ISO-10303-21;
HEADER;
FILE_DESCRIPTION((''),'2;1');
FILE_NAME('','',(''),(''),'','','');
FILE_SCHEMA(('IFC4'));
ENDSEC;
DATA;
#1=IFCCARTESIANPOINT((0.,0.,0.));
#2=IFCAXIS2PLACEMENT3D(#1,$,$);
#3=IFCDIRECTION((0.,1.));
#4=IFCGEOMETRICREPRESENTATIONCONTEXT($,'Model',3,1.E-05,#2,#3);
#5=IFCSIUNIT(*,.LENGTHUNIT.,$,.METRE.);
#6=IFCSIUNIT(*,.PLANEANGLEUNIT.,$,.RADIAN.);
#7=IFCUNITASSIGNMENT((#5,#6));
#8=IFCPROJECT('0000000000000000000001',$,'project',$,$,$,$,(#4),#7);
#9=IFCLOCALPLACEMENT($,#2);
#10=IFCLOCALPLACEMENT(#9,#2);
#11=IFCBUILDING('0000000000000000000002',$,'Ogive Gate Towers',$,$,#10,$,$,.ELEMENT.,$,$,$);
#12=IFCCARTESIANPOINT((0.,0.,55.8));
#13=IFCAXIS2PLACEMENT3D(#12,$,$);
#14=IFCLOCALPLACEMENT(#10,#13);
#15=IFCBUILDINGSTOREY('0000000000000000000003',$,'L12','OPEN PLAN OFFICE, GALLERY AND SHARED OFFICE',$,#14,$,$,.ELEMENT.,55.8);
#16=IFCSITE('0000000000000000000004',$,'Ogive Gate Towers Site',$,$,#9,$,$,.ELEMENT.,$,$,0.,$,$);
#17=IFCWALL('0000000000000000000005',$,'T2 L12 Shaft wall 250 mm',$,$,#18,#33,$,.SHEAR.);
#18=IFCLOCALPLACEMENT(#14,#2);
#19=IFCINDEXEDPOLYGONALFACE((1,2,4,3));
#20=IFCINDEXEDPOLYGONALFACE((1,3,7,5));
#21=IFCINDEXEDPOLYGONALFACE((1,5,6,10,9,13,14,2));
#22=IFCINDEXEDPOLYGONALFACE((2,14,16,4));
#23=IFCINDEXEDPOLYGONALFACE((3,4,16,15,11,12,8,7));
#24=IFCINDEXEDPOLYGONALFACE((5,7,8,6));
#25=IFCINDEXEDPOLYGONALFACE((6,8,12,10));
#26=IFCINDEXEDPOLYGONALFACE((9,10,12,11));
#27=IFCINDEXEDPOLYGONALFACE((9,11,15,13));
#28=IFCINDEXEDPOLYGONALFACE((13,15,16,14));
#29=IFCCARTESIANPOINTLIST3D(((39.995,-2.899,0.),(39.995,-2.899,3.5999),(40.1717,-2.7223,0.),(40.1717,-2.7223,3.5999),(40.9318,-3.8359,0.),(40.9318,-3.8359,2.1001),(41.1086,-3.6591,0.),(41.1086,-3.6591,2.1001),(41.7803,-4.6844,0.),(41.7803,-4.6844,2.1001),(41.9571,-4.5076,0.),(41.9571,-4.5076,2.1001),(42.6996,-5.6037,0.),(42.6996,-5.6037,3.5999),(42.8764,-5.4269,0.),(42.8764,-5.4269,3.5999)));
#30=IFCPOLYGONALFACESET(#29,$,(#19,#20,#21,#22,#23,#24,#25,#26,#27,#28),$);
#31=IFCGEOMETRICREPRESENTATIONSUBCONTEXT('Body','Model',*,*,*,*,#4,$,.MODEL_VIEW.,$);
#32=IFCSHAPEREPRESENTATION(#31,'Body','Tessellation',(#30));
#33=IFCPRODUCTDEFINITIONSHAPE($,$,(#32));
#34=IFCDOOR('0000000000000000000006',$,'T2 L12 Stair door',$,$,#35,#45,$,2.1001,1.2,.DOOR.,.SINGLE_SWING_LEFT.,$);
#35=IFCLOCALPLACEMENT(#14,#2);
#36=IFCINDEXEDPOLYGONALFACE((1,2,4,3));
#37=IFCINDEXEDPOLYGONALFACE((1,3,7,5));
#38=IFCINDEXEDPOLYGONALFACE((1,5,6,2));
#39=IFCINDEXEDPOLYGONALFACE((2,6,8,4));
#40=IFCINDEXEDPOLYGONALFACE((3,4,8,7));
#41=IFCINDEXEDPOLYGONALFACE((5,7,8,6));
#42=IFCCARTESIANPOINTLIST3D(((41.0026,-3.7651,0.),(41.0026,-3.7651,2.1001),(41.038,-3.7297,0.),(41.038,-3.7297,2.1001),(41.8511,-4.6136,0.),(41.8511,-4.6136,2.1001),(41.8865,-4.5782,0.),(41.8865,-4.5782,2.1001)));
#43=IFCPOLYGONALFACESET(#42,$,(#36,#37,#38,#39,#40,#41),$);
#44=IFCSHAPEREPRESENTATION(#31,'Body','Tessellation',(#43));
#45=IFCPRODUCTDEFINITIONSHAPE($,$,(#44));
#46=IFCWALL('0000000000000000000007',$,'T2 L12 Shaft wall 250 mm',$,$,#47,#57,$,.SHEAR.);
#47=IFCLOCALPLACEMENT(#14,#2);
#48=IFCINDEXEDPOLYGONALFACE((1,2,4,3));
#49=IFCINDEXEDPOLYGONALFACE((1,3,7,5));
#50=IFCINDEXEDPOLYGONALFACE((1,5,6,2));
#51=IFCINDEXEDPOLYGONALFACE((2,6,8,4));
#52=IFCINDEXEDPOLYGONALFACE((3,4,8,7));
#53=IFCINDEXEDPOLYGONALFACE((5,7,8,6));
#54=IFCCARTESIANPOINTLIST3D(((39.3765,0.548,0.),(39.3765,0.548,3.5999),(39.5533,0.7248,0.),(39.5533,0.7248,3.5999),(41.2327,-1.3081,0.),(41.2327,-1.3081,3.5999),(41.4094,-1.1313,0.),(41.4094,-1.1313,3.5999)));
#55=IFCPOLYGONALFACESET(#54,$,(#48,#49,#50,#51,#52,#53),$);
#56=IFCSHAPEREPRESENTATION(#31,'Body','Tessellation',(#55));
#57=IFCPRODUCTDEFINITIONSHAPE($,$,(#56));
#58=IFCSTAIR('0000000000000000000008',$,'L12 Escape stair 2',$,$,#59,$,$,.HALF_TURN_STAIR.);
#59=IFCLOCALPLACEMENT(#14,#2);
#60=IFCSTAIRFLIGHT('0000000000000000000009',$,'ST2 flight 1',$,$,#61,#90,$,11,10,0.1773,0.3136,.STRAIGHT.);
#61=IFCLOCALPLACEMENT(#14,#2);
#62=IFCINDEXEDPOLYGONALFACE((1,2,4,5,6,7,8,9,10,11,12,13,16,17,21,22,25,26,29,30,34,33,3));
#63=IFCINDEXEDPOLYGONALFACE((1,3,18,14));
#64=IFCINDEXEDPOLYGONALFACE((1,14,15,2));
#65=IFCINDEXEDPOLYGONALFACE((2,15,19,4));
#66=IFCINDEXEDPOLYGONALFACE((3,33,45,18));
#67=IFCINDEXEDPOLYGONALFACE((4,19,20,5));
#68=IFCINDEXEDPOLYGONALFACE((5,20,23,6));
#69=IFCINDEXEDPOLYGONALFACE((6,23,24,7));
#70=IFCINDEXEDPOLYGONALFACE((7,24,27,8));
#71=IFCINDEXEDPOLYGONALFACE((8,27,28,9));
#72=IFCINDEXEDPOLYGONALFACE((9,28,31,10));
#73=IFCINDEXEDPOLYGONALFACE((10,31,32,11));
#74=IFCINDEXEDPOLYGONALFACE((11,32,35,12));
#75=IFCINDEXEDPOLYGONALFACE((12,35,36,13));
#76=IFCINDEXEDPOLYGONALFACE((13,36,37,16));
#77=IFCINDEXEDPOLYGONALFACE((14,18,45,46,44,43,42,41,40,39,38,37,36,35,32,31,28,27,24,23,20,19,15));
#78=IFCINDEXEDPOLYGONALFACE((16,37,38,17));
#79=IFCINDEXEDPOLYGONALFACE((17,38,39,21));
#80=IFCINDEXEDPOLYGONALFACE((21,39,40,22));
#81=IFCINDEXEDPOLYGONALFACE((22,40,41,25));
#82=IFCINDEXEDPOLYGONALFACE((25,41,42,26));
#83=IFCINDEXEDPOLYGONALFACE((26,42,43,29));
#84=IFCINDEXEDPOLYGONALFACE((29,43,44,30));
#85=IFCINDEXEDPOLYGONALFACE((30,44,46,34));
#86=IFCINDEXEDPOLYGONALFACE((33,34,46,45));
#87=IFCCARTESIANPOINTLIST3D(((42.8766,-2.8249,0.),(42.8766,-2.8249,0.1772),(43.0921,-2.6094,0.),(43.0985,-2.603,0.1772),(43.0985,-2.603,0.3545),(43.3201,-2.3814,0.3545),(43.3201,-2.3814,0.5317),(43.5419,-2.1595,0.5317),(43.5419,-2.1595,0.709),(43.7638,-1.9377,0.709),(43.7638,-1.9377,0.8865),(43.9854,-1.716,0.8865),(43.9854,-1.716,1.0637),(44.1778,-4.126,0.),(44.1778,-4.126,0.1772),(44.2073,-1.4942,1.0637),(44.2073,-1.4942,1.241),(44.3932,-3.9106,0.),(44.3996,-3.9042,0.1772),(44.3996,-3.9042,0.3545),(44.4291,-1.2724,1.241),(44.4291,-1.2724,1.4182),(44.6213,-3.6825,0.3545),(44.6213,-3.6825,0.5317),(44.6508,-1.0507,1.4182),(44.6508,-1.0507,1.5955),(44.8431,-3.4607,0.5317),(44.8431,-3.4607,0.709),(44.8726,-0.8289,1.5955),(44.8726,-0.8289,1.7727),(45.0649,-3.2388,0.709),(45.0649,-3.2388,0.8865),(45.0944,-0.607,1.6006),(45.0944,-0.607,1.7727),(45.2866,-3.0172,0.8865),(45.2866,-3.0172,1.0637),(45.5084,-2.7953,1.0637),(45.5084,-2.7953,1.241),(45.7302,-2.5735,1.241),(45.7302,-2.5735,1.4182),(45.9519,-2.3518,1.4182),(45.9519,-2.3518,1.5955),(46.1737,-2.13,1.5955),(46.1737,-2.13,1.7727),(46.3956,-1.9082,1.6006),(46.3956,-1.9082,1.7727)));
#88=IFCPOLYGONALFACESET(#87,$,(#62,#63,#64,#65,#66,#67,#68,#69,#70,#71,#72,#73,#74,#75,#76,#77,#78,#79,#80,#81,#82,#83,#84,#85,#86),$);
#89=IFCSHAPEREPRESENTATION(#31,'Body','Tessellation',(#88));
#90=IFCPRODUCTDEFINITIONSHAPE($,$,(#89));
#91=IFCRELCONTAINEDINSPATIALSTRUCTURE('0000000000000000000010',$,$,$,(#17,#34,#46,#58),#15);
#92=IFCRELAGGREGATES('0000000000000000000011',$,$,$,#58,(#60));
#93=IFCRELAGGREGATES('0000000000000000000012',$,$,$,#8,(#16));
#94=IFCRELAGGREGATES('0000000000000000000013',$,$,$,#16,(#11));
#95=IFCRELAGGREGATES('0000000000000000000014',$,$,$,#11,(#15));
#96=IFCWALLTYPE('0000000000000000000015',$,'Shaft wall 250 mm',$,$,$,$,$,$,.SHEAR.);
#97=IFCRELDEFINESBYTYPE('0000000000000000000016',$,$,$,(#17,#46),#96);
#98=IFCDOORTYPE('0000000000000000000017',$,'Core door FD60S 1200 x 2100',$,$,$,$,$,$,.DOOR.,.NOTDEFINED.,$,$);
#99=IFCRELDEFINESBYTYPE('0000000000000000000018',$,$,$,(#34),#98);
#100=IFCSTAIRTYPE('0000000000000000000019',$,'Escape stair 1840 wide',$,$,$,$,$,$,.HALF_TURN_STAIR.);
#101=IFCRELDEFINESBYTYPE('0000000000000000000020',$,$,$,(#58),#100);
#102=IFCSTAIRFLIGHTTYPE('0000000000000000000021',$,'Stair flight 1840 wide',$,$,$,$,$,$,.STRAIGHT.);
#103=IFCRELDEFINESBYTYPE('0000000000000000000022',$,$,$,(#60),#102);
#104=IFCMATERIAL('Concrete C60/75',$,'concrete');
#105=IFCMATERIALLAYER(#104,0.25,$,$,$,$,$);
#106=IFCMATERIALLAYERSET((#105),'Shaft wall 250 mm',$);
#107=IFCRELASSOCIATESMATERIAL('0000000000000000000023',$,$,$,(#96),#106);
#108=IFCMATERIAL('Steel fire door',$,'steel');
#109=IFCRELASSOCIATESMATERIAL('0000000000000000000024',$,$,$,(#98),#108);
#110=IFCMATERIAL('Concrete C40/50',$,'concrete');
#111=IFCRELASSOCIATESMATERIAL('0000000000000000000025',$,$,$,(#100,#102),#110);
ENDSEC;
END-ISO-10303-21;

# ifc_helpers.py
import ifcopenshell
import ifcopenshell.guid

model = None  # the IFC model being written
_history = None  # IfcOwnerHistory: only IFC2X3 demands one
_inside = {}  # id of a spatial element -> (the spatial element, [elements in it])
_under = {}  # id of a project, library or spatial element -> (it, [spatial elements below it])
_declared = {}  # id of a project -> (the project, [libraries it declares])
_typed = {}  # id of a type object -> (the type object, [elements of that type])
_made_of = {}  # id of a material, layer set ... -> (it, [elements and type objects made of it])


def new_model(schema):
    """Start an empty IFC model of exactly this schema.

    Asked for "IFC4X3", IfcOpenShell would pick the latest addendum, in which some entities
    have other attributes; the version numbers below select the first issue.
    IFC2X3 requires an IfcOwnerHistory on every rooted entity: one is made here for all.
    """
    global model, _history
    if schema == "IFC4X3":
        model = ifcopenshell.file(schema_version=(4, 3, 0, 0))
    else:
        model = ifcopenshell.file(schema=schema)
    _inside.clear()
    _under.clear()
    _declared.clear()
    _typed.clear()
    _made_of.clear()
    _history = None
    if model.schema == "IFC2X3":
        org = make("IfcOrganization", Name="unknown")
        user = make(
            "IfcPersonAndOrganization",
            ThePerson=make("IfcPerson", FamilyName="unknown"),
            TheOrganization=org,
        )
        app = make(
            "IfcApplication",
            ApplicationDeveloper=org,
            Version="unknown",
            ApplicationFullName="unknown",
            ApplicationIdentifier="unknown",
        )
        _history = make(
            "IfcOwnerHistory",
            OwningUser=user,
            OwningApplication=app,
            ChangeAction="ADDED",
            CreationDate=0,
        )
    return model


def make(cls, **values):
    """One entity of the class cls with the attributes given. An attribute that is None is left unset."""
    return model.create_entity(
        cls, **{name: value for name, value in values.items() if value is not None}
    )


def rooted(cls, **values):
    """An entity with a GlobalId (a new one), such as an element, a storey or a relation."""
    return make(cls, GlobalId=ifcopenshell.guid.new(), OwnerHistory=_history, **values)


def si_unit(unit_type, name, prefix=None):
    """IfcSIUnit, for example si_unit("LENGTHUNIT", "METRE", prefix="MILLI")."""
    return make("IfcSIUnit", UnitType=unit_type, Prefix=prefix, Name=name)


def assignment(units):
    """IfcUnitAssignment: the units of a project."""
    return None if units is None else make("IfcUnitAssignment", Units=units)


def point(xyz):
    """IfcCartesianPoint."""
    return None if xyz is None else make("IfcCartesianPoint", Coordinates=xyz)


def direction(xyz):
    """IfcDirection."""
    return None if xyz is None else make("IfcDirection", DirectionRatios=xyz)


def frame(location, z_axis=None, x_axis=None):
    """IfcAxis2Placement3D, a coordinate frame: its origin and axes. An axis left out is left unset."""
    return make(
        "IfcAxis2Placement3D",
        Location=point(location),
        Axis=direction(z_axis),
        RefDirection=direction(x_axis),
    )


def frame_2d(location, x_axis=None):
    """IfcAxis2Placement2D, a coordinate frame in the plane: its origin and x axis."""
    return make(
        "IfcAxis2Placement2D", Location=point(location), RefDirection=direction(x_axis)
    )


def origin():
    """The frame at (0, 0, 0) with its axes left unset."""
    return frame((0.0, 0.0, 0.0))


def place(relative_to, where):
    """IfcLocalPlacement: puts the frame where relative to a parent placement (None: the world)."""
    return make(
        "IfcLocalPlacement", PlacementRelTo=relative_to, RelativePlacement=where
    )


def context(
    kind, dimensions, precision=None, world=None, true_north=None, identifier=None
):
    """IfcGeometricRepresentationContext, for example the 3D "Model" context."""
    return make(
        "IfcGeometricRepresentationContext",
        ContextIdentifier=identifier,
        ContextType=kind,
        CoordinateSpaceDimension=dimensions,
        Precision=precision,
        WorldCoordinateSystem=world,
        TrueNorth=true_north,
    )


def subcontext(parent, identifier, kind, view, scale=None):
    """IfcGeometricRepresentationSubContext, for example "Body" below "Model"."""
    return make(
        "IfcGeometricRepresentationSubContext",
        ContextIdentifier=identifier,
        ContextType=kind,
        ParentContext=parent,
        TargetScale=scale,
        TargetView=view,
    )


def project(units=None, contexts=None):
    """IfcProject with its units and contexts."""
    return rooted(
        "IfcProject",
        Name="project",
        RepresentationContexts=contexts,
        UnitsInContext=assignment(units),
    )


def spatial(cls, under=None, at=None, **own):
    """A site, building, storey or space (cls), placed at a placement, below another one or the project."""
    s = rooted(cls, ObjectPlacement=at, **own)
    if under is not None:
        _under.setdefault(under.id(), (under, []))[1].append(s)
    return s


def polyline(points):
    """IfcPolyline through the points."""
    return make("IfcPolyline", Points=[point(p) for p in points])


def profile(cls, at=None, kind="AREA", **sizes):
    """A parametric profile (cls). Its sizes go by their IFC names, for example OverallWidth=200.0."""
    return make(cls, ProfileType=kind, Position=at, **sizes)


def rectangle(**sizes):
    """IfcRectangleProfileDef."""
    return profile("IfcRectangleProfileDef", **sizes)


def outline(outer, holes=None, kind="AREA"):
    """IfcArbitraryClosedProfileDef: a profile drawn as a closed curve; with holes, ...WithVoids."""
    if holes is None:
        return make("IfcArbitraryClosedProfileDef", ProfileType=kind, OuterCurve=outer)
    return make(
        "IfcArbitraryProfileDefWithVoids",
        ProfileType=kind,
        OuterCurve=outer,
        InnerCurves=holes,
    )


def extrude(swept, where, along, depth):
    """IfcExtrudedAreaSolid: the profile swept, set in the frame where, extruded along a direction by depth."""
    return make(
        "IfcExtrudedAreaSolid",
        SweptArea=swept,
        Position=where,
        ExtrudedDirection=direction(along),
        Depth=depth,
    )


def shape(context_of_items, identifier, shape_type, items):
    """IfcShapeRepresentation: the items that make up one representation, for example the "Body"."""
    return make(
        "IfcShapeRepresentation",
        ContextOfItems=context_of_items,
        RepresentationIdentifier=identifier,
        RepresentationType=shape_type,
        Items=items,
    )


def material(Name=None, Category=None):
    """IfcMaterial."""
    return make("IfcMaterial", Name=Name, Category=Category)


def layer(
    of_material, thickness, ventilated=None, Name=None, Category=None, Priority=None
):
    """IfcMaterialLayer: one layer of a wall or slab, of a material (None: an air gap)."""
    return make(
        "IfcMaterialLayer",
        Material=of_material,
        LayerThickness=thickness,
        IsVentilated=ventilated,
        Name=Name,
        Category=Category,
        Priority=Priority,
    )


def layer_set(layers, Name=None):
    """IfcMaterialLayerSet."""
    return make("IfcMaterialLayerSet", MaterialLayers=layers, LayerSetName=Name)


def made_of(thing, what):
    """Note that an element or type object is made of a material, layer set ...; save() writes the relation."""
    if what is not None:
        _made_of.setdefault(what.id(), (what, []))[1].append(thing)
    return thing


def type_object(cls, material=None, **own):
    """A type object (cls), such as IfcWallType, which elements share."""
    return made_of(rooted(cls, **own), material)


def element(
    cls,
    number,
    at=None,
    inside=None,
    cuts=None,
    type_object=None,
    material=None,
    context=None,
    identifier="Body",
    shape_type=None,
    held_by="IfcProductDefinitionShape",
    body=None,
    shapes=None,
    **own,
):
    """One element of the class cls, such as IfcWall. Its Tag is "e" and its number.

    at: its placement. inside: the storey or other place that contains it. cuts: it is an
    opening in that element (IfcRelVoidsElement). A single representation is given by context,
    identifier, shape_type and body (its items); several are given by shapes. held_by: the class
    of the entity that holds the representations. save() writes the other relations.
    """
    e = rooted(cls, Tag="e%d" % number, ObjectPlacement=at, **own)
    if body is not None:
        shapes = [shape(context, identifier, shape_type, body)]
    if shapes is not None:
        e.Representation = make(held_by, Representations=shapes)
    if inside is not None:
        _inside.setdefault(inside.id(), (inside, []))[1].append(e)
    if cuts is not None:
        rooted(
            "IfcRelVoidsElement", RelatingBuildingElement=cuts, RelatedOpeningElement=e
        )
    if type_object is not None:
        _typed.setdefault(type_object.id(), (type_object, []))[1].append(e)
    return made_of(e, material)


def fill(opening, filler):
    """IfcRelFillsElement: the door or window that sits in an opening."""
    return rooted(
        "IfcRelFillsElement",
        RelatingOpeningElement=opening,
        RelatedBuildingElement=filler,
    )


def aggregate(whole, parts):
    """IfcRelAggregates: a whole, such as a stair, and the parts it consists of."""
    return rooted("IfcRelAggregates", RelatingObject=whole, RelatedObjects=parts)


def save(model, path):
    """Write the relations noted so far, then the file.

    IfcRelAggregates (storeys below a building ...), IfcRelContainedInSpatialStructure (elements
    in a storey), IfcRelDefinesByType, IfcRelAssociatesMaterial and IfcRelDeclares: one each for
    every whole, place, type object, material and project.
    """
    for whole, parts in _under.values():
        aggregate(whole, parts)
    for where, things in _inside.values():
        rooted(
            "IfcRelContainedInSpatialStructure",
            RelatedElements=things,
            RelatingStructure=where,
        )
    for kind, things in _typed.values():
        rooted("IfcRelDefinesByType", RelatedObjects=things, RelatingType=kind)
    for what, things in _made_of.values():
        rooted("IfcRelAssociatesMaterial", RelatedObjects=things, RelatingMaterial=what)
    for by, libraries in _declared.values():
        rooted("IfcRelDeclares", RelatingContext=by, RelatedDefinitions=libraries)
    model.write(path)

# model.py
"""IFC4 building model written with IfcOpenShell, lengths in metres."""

from ifc_helpers import new_model, si_unit, direction, frame, frame_2d, origin, place, context, subcontext, project, spatial, polyline, rectangle, outline, extrude, material, layer, layer_set, type_object, element, fill, aggregate, save


model = new_model("IFC4")

# Units and contexts
model_context = context("Model", 3, precision=1e-05, world=origin(), true_north=direction((0.0, 1.0)))
body_context = subcontext(model_context, "Body", "Model", "MODEL_VIEW")
ifc_project = project(units=[si_unit("LENGTHUNIT", "METRE"), si_unit("PLANEANGLEUNIT", "RADIAN")], contexts=[model_context])

# Site, building, storey
site_placement = place(None, origin())
site = spatial("IfcSite", under=ifc_project, at=site_placement, Name="Ogive Gate Towers Site", CompositionType="ELEMENT", RefElevation=0.0)
building_placement = place(site_placement, origin())
building = spatial("IfcBuilding", under=site, at=building_placement, Name="Ogive Gate Towers", CompositionType="ELEMENT")
storey_placement = place(building_placement, frame((0.0, 0.0, 55.8)))
storey = spatial("IfcBuildingStorey", under=building, at=storey_placement, Name="L12", Description="OPEN PLAN OFFICE, GALLERY AND SHARED OFFICE", CompositionType="ELEMENT", Elevation=55.8)

# Shared definitions
ifc_material_1 = material(Name="Concrete C60/75", Category="concrete")
ifc_layer_1 = layer(ifc_material_1, 0.25)
ifc_layer_set_1 = layer_set([ifc_layer_1], Name="Shaft wall 250 mm")
wall_type_1 = type_object("IfcWallType", Name="Shaft wall 250 mm", PredefinedType="SHEAR", material=ifc_layer_set_1)

# Wall, opening, door
wall_1_placement = place(storey_placement, frame((42.7881, -5.5154, 0.0), z_axis=(0.0, 0.0, 1.0), x_axis=(-0.707107, 0.707107, 0.0)))
wall_1 = element("IfcWall", 1, at=wall_1_placement, inside=storey, type_object=wall_type_1, Name="T2 L12 Shaft wall 250 mm", PredefinedType="SHEAR", context=body_context, shape_type="SweptSolid", body=[
    extrude(rectangle(XDim=3.825, YDim=0.25, at=frame_2d((1.9126, 0.0))), origin(), (0.0, 0.0, 1.0), 3.5999),
])
opening_1_placement = place(wall_1_placement, frame((1.3, 0.0, 0.0)))
opening_1 = element("IfcOpeningElement", 2, at=opening_1_placement, cuts=wall_1, PredefinedType="OPENING", context=body_context, shape_type="SweptSolid", body=[
    extrude(rectangle(XDim=1.2, YDim=2.1001, at=frame_2d((0.6001, 1.05))), frame((0.0, 0.135, 0.0), z_axis=(0.0, -1.0, 0.0), x_axis=(1.0, 0.0, 0.0)), (0.0, 0.0, 1.0), 0.27),
])
ifc_material_2 = material(Name="Steel fire door", Category="steel")
door_type_1 = type_object("IfcDoorType", Name="Core door FD60S 1200 x 2100", OperationType="NOTDEFINED", PredefinedType="DOOR", material=ifc_material_2)
door_1_placement = place(opening_1_placement, origin())
door_1 = element("IfcDoor", 3, at=door_1_placement, inside=storey, type_object=door_type_1, Name="T2 L12 Stair door", OperationType="SINGLE_SWING_LEFT", OverallHeight=2.1001, OverallWidth=1.2, PredefinedType="DOOR", context=body_context, shape_type="SweptSolid", body=[
    extrude(rectangle(XDim=1.2, YDim=2.1001, at=frame_2d((0.6001, 1.05))), frame((0.0, 0.0249, 0.0), z_axis=(0.0, -1.0, 0.0), x_axis=(1.0, 0.0, 0.0)), (0.0, 0.0, 1.0), 0.05),
])
fill(opening_1, door_1)

# Wall
wall_2_placement = place(storey_placement, frame((41.321, -1.2197, 0.0), z_axis=(0.0, 0.0, 1.0), x_axis=(-0.707107, 0.707107, 0.0)))
element("IfcWall", 4, at=wall_2_placement, inside=storey, type_object=wall_type_1, Name="T2 L12 Shaft wall 250 mm", PredefinedType="SHEAR", context=body_context, shape_type="SweptSolid", body=[
    extrude(rectangle(XDim=2.625, YDim=0.25, at=frame_2d((1.3125, 0.0))), origin(), (0.0, 0.0, 1.0), 3.5999),
])

# Stair, stair flight
ifc_material_3 = material(Name="Concrete C40/50", Category="concrete")
stair_type = type_object("IfcStairType", Name="Escape stair 1840 wide", PredefinedType="HALF_TURN_STAIR", material=ifc_material_3)
stair_placement = place(storey_placement, origin())
stair = element("IfcStair", 5, at=stair_placement, inside=storey, type_object=stair_type, Name="L12 Escape stair 2", PredefinedType="HALF_TURN_STAIR")
stair_flight_type = type_object("IfcStairFlightType", Name="Stair flight 1840 wide", PredefinedType="STRAIGHT", material=ifc_material_3)
stair_flight_placement = place(storey_placement, frame((43.5271, -3.4753, 0.0), z_axis=(0.0, 0.0, 1.0), x_axis=(0.707107, 0.707107, 0.0)))
stair_flight = element("IfcStairFlight", 6, at=stair_flight_placement, type_object=stair_flight_type, Name="ST2 flight 1", NumberOfRisers=11, NumberOfTreads=10, PredefinedType="STRAIGHT", RiserHeight=0.1773, TreadLength=0.3136, context=body_context, shape_type="SweptSolid", body=[
    extrude(outline(polyline([(0.0, 0.0), (0.0, 0.1772), (0.3137, 0.1772), (0.3137, 0.3545), (0.6272, 0.3545), (0.6272, 0.5317), (0.9409, 0.5317), (0.9409, 0.709), (1.2546, 0.709), (1.2546, 0.8865), (1.5681, 0.8865), (1.5681, 1.0637), (1.8818, 1.0637), (1.8818, 1.241), (2.1956, 1.241), (2.1956, 1.4182), (2.509, 1.4182), (2.509, 1.5955), (2.8228, 1.5955), (2.8228, 1.7727), (3.1365, 1.7727), (3.1365, 1.95), (3.1365, 1.6006), (0.3047, 0.0), (0.0, 0.0)])), frame((0.0, 0.9199, 0.0), z_axis=(0.0, -1.0, 0.0), x_axis=(1.0, 0.0, 0.0)), (0.0, 0.0, 1.0), 1.8401),
])
aggregate(stair, [stair_flight])

save(model, "model.ifc")
